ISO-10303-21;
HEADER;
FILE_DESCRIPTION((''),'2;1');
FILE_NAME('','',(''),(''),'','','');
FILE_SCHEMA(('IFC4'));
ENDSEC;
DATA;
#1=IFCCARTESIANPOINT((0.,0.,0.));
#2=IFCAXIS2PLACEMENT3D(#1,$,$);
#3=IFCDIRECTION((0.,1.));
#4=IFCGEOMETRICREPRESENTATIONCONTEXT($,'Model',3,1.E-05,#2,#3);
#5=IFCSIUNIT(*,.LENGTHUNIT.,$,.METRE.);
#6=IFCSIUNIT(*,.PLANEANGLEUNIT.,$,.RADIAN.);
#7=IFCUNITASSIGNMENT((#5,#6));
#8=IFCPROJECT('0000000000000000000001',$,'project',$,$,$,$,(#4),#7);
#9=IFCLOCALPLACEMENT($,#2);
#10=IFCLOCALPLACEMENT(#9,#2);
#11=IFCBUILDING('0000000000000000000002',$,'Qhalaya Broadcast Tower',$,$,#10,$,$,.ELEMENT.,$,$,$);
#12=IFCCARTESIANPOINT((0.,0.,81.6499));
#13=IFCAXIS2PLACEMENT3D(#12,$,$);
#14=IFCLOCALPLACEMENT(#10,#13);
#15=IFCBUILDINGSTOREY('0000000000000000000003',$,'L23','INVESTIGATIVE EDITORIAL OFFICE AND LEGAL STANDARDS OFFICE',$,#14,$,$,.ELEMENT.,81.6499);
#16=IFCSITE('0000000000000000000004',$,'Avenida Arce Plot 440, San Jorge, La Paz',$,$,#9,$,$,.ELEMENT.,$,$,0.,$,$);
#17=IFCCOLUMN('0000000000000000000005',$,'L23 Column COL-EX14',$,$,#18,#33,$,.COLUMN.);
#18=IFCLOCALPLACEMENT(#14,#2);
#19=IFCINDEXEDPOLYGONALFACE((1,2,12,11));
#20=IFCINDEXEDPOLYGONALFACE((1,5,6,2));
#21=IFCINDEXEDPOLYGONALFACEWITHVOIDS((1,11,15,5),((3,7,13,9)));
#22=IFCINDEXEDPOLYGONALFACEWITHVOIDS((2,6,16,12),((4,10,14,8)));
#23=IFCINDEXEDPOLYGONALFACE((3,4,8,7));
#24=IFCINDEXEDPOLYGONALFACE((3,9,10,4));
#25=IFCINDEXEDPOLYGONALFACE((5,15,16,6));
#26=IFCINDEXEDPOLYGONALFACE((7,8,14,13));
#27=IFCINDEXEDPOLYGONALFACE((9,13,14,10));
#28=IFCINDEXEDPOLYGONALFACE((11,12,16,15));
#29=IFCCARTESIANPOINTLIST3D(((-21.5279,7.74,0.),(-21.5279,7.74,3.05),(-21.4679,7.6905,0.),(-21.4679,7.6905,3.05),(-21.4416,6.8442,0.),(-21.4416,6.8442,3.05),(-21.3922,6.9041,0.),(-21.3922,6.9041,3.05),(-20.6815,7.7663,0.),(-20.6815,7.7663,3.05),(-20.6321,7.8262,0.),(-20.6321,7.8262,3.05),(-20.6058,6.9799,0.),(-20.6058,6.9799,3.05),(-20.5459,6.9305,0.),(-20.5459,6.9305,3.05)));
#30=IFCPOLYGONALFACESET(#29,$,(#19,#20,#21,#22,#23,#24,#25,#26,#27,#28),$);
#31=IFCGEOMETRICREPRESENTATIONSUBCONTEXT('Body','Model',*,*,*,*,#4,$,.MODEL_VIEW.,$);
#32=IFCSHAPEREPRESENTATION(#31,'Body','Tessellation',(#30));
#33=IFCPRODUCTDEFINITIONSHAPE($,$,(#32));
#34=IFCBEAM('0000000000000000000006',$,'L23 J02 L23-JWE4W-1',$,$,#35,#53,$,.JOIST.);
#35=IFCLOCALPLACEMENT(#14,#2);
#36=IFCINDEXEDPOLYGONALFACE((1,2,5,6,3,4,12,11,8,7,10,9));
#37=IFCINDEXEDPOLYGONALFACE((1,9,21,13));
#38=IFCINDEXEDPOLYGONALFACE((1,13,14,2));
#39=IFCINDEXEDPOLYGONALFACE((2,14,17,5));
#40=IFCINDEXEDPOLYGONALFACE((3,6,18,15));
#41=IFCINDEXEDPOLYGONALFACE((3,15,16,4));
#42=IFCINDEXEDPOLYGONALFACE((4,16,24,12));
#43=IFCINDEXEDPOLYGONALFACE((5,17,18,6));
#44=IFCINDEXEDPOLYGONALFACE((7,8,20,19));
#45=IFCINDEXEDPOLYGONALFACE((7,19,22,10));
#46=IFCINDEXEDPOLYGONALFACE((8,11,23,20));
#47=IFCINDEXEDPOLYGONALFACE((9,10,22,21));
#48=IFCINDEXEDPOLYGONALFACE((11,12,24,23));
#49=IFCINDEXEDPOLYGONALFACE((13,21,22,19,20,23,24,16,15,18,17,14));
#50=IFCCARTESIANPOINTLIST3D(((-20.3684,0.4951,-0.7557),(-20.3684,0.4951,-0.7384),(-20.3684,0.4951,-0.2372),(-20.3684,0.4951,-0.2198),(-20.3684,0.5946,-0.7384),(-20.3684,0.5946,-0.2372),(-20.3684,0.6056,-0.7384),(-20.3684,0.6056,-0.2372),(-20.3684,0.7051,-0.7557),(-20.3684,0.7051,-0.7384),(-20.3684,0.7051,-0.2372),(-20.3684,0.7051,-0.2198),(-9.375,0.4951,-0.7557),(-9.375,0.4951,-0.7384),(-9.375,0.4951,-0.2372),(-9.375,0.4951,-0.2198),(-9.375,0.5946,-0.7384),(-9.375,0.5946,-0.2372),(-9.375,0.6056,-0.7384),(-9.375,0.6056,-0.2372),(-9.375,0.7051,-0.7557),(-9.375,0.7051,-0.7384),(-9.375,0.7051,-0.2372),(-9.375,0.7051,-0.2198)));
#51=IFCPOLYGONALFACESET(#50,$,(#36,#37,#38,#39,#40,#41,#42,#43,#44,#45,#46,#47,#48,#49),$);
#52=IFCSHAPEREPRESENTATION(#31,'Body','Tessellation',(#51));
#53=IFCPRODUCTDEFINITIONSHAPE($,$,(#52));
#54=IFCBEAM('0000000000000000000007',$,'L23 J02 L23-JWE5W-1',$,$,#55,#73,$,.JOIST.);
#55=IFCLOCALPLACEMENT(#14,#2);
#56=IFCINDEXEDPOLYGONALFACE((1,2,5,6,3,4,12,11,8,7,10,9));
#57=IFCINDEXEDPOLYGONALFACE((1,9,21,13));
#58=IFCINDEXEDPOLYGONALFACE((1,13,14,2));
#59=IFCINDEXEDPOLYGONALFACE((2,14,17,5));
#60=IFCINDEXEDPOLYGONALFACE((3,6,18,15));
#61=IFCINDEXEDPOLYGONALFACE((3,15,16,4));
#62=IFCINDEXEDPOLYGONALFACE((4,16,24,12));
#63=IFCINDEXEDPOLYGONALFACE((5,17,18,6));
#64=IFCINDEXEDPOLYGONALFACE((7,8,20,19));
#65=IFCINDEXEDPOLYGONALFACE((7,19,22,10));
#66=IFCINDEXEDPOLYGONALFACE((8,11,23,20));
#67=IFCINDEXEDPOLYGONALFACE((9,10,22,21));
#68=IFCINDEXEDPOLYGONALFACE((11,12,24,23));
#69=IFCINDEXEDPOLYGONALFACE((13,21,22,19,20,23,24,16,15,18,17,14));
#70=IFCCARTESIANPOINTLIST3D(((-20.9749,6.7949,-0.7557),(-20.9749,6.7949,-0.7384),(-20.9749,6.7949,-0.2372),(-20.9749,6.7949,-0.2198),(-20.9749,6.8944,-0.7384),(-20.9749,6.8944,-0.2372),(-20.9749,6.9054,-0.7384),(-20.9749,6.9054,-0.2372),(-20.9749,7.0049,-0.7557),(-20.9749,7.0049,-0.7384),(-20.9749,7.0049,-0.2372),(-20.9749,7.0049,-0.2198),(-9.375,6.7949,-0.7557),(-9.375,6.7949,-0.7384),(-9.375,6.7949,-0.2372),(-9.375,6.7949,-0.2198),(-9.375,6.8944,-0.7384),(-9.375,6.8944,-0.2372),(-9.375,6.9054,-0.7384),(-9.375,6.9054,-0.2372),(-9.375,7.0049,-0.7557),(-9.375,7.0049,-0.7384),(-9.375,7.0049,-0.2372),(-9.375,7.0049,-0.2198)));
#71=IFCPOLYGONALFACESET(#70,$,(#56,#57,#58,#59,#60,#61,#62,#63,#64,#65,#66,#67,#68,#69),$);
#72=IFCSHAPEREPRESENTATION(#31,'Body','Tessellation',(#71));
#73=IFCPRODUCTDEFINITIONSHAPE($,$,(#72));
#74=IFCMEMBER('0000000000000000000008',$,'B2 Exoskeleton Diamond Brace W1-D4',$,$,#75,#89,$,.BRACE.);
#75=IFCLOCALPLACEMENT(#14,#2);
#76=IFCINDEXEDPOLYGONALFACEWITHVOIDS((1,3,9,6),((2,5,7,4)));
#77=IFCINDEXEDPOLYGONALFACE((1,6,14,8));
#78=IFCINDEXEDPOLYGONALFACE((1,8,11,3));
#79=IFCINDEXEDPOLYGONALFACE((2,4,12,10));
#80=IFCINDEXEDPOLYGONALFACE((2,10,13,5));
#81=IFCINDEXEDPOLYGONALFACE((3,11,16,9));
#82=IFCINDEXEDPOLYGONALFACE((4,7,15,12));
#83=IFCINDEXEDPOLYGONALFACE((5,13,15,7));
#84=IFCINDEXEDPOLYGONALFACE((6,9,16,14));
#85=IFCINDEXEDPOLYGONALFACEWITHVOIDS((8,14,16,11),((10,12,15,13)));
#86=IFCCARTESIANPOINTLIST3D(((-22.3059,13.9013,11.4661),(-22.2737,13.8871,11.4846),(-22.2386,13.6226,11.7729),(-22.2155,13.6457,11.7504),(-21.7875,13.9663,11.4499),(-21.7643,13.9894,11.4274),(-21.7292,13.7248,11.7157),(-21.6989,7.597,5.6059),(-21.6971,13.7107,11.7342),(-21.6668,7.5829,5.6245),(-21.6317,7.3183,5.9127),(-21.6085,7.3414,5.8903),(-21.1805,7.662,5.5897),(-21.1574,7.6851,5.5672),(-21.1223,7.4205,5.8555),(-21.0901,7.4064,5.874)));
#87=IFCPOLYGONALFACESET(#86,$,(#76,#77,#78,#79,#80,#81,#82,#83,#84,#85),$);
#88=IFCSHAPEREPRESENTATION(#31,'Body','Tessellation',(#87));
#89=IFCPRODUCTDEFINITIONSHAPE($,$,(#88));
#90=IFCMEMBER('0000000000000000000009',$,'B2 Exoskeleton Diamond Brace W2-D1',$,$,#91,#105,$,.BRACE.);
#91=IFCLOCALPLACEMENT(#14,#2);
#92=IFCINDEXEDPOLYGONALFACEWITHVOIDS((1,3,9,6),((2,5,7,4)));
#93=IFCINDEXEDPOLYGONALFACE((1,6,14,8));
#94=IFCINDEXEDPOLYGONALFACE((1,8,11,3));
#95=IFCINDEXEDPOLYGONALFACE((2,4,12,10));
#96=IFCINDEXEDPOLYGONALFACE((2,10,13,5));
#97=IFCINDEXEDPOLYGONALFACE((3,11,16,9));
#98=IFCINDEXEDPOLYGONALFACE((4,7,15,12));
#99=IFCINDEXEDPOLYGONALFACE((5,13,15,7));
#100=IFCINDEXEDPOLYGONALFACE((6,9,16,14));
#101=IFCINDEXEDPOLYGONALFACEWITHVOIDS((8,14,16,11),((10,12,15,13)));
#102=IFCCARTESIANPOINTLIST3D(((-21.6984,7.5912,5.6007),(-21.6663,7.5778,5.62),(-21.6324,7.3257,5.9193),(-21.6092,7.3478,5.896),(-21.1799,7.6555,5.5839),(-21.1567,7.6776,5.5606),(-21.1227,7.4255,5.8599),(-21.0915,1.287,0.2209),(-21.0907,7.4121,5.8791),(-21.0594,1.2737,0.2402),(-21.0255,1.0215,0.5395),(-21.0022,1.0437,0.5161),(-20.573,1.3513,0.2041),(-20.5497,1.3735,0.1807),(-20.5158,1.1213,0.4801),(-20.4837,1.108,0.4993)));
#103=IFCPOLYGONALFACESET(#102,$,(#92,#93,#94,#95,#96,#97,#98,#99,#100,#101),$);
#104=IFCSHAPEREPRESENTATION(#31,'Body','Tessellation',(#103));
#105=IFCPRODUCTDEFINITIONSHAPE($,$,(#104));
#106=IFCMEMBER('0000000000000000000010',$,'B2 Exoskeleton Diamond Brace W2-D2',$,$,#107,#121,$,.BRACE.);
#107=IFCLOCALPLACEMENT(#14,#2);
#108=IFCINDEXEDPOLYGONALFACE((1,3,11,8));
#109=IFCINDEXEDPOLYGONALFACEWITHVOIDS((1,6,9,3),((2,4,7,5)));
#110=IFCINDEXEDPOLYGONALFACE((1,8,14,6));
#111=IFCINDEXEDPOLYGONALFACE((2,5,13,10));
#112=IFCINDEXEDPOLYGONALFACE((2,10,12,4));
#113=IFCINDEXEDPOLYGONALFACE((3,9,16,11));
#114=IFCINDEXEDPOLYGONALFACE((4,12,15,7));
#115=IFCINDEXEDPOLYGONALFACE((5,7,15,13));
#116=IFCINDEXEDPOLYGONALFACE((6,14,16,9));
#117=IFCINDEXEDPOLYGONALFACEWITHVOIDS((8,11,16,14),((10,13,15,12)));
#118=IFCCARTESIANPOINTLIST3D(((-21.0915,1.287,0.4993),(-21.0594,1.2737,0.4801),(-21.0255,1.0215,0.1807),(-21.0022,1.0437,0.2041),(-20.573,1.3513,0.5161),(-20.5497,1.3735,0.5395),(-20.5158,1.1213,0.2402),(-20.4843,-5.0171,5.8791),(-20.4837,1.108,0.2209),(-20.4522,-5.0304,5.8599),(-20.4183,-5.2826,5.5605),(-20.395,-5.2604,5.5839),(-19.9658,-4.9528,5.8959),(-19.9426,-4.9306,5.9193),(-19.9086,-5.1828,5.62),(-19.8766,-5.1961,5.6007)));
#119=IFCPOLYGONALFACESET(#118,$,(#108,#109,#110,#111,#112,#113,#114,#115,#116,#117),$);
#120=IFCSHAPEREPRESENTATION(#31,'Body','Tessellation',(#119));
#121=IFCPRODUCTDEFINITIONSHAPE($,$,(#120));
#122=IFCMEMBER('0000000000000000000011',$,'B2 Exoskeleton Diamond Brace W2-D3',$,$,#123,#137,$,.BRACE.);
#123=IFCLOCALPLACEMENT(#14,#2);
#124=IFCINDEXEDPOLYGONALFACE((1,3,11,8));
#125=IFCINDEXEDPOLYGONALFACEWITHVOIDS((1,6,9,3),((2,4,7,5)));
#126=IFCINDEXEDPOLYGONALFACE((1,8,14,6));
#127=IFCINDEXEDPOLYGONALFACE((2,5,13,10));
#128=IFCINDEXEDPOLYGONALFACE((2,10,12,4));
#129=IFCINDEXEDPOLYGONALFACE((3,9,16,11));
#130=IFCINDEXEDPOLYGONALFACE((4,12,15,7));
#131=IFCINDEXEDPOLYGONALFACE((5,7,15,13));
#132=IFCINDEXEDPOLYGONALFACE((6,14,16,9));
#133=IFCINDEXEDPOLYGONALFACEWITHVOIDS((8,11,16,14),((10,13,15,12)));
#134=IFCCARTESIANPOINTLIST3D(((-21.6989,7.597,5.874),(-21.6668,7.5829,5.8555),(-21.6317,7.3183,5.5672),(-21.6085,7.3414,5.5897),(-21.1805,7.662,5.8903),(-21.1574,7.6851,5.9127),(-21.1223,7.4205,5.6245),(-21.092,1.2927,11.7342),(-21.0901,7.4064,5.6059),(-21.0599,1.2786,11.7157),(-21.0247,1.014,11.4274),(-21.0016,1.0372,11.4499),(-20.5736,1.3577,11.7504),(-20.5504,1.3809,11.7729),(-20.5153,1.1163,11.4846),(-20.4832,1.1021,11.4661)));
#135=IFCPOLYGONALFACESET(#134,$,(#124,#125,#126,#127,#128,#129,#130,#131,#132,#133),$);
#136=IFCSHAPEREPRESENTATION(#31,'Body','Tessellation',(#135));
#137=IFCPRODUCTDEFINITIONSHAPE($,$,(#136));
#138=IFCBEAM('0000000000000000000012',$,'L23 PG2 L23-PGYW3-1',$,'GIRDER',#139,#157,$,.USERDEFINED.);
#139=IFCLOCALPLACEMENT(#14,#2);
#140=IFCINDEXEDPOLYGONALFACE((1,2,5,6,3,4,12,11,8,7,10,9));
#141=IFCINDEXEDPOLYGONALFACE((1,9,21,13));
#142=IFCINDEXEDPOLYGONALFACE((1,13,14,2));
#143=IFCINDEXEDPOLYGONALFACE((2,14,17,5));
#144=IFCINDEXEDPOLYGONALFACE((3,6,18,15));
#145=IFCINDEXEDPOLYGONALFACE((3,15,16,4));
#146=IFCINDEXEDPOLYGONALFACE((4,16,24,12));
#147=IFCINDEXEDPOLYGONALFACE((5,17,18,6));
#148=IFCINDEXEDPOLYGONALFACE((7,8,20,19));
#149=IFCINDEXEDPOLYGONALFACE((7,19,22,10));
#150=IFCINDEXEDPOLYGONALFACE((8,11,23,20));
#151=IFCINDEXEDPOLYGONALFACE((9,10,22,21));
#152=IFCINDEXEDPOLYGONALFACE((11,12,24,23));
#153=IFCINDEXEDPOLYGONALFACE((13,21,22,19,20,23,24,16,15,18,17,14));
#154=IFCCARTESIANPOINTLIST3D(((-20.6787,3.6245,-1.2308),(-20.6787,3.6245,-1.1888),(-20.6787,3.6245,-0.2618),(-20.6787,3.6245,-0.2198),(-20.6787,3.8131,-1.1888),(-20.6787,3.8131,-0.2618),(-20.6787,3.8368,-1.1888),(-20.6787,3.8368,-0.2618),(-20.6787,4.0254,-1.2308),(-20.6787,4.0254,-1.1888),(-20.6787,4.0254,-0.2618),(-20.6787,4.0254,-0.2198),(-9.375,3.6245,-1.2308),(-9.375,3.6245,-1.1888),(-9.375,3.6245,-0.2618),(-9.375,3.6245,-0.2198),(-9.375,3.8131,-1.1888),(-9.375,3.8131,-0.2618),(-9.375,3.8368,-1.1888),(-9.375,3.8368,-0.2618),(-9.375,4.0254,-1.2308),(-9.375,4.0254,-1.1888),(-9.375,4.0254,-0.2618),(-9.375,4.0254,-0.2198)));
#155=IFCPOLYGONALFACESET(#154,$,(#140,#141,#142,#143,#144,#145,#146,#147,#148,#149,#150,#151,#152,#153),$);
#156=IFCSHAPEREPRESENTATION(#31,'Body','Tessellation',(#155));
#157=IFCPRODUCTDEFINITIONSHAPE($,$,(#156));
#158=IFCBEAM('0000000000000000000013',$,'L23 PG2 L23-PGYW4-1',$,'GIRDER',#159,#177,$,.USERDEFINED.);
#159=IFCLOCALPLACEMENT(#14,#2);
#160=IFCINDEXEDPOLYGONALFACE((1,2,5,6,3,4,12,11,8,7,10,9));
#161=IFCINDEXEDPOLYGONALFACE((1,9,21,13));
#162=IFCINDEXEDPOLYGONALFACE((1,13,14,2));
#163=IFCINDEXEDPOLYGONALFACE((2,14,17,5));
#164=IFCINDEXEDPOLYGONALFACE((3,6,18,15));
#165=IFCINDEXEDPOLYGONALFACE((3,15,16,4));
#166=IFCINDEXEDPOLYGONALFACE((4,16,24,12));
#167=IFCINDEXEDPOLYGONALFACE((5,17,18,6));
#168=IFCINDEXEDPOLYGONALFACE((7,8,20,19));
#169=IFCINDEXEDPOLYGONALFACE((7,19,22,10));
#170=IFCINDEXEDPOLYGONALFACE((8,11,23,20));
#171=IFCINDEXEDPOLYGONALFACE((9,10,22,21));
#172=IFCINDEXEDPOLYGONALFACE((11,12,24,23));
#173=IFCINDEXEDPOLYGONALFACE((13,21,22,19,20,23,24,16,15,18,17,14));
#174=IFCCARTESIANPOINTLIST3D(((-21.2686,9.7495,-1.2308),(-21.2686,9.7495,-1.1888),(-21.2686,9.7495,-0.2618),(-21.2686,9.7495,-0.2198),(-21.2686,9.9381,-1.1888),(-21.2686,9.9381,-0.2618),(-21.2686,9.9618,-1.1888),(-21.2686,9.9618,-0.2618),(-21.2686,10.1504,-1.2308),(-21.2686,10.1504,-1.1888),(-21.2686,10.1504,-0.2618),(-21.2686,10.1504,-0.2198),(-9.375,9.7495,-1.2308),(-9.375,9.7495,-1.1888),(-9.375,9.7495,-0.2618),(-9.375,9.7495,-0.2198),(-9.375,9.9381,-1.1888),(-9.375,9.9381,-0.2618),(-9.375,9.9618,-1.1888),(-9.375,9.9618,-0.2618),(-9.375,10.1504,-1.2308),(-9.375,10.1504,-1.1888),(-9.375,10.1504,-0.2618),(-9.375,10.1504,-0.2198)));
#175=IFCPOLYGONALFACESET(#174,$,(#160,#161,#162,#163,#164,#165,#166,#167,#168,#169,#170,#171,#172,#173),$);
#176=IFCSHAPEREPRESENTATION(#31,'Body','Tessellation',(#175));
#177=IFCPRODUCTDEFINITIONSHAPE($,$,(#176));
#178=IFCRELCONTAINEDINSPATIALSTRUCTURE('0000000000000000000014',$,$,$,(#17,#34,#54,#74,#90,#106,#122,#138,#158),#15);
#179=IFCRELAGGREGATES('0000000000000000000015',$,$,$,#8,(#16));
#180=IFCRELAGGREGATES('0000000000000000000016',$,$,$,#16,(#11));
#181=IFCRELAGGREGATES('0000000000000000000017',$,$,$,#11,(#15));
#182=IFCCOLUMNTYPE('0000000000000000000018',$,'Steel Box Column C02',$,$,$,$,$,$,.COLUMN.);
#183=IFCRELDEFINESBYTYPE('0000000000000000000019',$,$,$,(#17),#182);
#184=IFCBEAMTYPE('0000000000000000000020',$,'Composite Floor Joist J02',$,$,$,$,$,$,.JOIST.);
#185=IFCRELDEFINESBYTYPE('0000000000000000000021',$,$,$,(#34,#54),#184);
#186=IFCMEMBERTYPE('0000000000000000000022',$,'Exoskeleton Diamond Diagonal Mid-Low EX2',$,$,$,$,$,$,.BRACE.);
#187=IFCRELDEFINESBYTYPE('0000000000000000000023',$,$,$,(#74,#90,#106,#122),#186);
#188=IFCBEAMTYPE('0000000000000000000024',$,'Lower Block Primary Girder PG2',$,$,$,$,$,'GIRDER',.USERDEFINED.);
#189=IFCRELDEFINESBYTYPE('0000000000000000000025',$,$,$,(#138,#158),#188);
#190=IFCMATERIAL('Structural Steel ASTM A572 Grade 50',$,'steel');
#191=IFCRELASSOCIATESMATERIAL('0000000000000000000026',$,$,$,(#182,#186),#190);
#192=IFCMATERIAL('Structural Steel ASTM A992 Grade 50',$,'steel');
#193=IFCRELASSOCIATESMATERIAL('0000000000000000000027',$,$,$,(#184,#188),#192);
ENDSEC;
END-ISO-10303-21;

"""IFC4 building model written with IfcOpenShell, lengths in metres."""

from ifc_helpers import new_model, si_unit, direction, frame, origin, origin_2d, place, context, subcontext, project, spatial, hollow_rectangle, i_section, extrude, material, material_profile, profile_set, type_object, element, save


model = new_model("IFC4")

# Units and contexts
model_context = context("Model", 3, precision=1e-05, world=origin(), true_north=direction((0.0, 1.0)))
body_context = subcontext(model_context, "Body", "Model", "MODEL_VIEW")
ifc_project = project(units=[si_unit("LENGTHUNIT", "METRE"), si_unit("PLANEANGLEUNIT", "RADIAN")], contexts=[model_context])

# Site, building, storey
site_placement = place(None, origin())
site = spatial("IfcSite", under=ifc_project, at=site_placement, Name="Avenida Arce Plot 440, San Jorge, La Paz", CompositionType="ELEMENT", RefElevation=0.0)
building_placement = place(site_placement, origin())
building = spatial("IfcBuilding", under=site, at=building_placement, Name="Qhalaya Broadcast Tower", CompositionType="ELEMENT")
storey_placement = place(building_placement, frame((0.0, 0.0, 81.6499)))
storey = spatial("IfcBuildingStorey", under=building, at=storey_placement, Name="L23", Description="INVESTIGATIVE EDITORIAL OFFICE AND LEGAL STANDARDS OFFICE", CompositionType="ELEMENT", Elevation=81.6499)

# Column
ifc_material_1 = material(Name="Structural Steel ASTM A572 Grade 50", Category="steel")
ifc_material_profile_1 = material_profile(ifc_material_1, hollow_rectangle(XDim=0.8999, YDim=0.8999, WallThickness=0.0549, at=origin_2d()), Name="BOX 900x900x55")
ifc_profile_set_1 = profile_set([ifc_material_profile_1], Name="Structural Steel ASTM A572 Grade 50")
column_type = type_object("IfcColumnType", Name="Steel Box Column C02", PredefinedType="COLUMN", material=ifc_profile_set_1)
column_placement = place(storey_placement, frame((-21.0369, 7.3352, 0.0), z_axis=(0.0, 0.0, 1.0), x_axis=(-0.095846, 0.995396, 0.0)))
element("IfcColumn", 1, at=column_placement, inside=storey, type_object=column_type, Name="L23 Column COL-EX14", PredefinedType="COLUMN", context=body_context, shape_type="SweptSolid", body=[
    extrude(hollow_rectangle(XDim=0.8999, YDim=0.8999, WallThickness=0.0549, at=origin_2d()), origin(), (0.0, 0.0, 1.0), 3.05),
])

# Beams
ifc_material_2 = material(Name="Structural Steel ASTM A992 Grade 50", Category="steel")
ifc_material_profile_2 = material_profile(ifc_material_2, i_section(OverallWidth=0.21, OverallDepth=0.5359, WebThickness=0.011, FlangeThickness=0.0173, at=origin_2d()), Name="W21X68")
ifc_profile_set_2 = profile_set([ifc_material_profile_2], Name="Structural Steel ASTM A992 Grade 50")
beam_type_1 = type_object("IfcBeamType", Name="Composite Floor Joist J02", PredefinedType="JOIST", material=ifc_profile_set_2)
beam_1_placement = place(storey_placement, frame((-20.3684, 0.6001, -0.4878), z_axis=(1.0, 0.0, 0.0), x_axis=(0.0, 1.0, 0.0)))
element("IfcBeam", 2, at=beam_1_placement, inside=storey, type_object=beam_type_1, Name="L23 J02 L23-JWE4W-1", PredefinedType="JOIST", context=body_context, shape_type="SweptSolid", body=[
    extrude(i_section(OverallWidth=0.21, OverallDepth=0.5359, WebThickness=0.011, FlangeThickness=0.0173, at=origin_2d()), origin(), (0.0, 0.0, 1.0), 10.9934),
])
beam_2_placement = place(storey_placement, frame((-20.9749, 6.8999, -0.4878), z_axis=(1.0, 0.0, 0.0), x_axis=(0.0, 1.0, 0.0)))
element("IfcBeam", 3, at=beam_2_placement, inside=storey, type_object=beam_type_1, Name="L23 J02 L23-JWE5W-1", PredefinedType="JOIST", context=body_context, shape_type="SweptSolid", body=[
    extrude(i_section(OverallWidth=0.21, OverallDepth=0.5359, WebThickness=0.011, FlangeThickness=0.0173, at=origin_2d()), origin(), (0.0, 0.0, 1.0), 11.5999),
])

# Members
ifc_material_profile_3 = material_profile(ifc_material_1, hollow_rectangle(XDim=0.4199, YDim=0.55, WallThickness=0.0281, at=origin_2d()), Name="BOX 420x550x28")
ifc_profile_set_3 = profile_set([ifc_material_profile_3], Name="Structural Steel ASTM A572 Grade 50")
member_type_1 = type_object("IfcMemberType", Name="Exoskeleton Diamond Diagonal Mid-Low EX2", PredefinedType="BRACE", material=ifc_profile_set_3)
member_1_placement = place(storey_placement, frame((-21.3945, 7.5017, 5.74), z_axis=(-0.07034, 0.73062, 0.679152), x_axis=(0.160189, -0.663729, 0.730619)))
element("IfcMember", 4, at=member_1_placement, inside=storey, type_object=member_type_1, Name="B2 Exoskeleton Diamond Brace W1-D4", PredefinedType="BRACE", context=body_context, shape_type="SweptSolid", body=[
    extrude(hollow_rectangle(XDim=0.4199, YDim=0.55, WallThickness=0.0281, at=origin_2d()), origin(), (0.0, 0.0, 1.0), 8.6287),
])
for number, where, z_axis, x_axis, name in (
    (5, (-20.7876, 1.1975, 0.3601), (-0.073037, 0.758637, 0.647406), (0.157161, -0.632275, 0.758636), "B2 Exoskeleton Diamond Brace W2-D1"),
    (6, (-20.7876, 1.1975, 0.3601), (0.073067, -0.758636, 0.647405), (-0.157185, 0.632268, 0.758637), "B2 Exoskeleton Diamond Brace W2-D2"),
):
    element("IfcMember", number, at=place(storey_placement, frame(where, z_axis=z_axis, x_axis=x_axis)), inside=storey, type_object=member_type_1, Name=name, PredefinedType="BRACE", context=body_context, shape_type="SweptSolid", body=[
        extrude(hollow_rectangle(XDim=0.4199, YDim=0.55, WallThickness=0.0281, at=origin_2d()), origin(), (0.0, 0.0, 1.0), 8.3098),
    ])
member_2_placement = place(storey_placement, frame((-21.3945, 7.5017, 5.74), z_axis=(0.07034, -0.73062, 0.679152), x_axis=(-0.160189, 0.663729, 0.730619)))
element("IfcMember", 7, at=member_2_placement, inside=storey, type_object=member_type_1, Name="B2 Exoskeleton Diamond Brace W2-D3", PredefinedType="BRACE", context=body_context, shape_type="SweptSolid", body=[
    extrude(hollow_rectangle(XDim=0.4199, YDim=0.55, WallThickness=0.0281, at=origin_2d()), origin(), (0.0, 0.0, 1.0), 8.6287),
])

# Beams
ifc_material_profile_4 = material_profile(ifc_material_2, i_section(OverallWidth=0.4009, OverallDepth=1.011, WebThickness=0.0237, FlangeThickness=0.042, at=origin_2d()), Name="W40X297")
ifc_profile_set_4 = profile_set([ifc_material_profile_4], Name="Structural Steel ASTM A992 Grade 50")
beam_type_2 = type_object("IfcBeamType", Name="Lower Block Primary Girder PG2", ElementType="GIRDER", PredefinedType="USERDEFINED", material=ifc_profile_set_4)
beam_3_placement = place(storey_placement, frame((-20.6787, 3.825, -0.7253), z_axis=(1.0, 0.0, 0.0), x_axis=(0.0, 1.0, 0.0)))
element("IfcBeam", 8, at=beam_3_placement, inside=storey, type_object=beam_type_2, Name="L23 PG2 L23-PGYW3-1", ObjectType="GIRDER", PredefinedType="USERDEFINED", context=body_context, shape_type="SweptSolid", body=[
    extrude(i_section(OverallWidth=0.4009, OverallDepth=1.011, WebThickness=0.0237, FlangeThickness=0.042, at=origin_2d()), origin(), (0.0, 0.0, 1.0), 11.3037),
])
beam_4_placement = place(storey_placement, frame((-21.2686, 9.95, -0.7253), z_axis=(1.0, 0.0, 0.0), x_axis=(0.0, 1.0, 0.0)))
element("IfcBeam", 9, at=beam_4_placement, inside=storey, type_object=beam_type_2, Name="L23 PG2 L23-PGYW4-1", ObjectType="GIRDER", PredefinedType="USERDEFINED", context=body_context, shape_type="SweptSolid", body=[
    extrude(i_section(OverallWidth=0.4009, OverallDepth=1.011, WebThickness=0.0237, FlangeThickness=0.042, at=origin_2d()), origin(), (0.0, 0.0, 1.0), 11.8936),
])

save(model, "model.ifc")
